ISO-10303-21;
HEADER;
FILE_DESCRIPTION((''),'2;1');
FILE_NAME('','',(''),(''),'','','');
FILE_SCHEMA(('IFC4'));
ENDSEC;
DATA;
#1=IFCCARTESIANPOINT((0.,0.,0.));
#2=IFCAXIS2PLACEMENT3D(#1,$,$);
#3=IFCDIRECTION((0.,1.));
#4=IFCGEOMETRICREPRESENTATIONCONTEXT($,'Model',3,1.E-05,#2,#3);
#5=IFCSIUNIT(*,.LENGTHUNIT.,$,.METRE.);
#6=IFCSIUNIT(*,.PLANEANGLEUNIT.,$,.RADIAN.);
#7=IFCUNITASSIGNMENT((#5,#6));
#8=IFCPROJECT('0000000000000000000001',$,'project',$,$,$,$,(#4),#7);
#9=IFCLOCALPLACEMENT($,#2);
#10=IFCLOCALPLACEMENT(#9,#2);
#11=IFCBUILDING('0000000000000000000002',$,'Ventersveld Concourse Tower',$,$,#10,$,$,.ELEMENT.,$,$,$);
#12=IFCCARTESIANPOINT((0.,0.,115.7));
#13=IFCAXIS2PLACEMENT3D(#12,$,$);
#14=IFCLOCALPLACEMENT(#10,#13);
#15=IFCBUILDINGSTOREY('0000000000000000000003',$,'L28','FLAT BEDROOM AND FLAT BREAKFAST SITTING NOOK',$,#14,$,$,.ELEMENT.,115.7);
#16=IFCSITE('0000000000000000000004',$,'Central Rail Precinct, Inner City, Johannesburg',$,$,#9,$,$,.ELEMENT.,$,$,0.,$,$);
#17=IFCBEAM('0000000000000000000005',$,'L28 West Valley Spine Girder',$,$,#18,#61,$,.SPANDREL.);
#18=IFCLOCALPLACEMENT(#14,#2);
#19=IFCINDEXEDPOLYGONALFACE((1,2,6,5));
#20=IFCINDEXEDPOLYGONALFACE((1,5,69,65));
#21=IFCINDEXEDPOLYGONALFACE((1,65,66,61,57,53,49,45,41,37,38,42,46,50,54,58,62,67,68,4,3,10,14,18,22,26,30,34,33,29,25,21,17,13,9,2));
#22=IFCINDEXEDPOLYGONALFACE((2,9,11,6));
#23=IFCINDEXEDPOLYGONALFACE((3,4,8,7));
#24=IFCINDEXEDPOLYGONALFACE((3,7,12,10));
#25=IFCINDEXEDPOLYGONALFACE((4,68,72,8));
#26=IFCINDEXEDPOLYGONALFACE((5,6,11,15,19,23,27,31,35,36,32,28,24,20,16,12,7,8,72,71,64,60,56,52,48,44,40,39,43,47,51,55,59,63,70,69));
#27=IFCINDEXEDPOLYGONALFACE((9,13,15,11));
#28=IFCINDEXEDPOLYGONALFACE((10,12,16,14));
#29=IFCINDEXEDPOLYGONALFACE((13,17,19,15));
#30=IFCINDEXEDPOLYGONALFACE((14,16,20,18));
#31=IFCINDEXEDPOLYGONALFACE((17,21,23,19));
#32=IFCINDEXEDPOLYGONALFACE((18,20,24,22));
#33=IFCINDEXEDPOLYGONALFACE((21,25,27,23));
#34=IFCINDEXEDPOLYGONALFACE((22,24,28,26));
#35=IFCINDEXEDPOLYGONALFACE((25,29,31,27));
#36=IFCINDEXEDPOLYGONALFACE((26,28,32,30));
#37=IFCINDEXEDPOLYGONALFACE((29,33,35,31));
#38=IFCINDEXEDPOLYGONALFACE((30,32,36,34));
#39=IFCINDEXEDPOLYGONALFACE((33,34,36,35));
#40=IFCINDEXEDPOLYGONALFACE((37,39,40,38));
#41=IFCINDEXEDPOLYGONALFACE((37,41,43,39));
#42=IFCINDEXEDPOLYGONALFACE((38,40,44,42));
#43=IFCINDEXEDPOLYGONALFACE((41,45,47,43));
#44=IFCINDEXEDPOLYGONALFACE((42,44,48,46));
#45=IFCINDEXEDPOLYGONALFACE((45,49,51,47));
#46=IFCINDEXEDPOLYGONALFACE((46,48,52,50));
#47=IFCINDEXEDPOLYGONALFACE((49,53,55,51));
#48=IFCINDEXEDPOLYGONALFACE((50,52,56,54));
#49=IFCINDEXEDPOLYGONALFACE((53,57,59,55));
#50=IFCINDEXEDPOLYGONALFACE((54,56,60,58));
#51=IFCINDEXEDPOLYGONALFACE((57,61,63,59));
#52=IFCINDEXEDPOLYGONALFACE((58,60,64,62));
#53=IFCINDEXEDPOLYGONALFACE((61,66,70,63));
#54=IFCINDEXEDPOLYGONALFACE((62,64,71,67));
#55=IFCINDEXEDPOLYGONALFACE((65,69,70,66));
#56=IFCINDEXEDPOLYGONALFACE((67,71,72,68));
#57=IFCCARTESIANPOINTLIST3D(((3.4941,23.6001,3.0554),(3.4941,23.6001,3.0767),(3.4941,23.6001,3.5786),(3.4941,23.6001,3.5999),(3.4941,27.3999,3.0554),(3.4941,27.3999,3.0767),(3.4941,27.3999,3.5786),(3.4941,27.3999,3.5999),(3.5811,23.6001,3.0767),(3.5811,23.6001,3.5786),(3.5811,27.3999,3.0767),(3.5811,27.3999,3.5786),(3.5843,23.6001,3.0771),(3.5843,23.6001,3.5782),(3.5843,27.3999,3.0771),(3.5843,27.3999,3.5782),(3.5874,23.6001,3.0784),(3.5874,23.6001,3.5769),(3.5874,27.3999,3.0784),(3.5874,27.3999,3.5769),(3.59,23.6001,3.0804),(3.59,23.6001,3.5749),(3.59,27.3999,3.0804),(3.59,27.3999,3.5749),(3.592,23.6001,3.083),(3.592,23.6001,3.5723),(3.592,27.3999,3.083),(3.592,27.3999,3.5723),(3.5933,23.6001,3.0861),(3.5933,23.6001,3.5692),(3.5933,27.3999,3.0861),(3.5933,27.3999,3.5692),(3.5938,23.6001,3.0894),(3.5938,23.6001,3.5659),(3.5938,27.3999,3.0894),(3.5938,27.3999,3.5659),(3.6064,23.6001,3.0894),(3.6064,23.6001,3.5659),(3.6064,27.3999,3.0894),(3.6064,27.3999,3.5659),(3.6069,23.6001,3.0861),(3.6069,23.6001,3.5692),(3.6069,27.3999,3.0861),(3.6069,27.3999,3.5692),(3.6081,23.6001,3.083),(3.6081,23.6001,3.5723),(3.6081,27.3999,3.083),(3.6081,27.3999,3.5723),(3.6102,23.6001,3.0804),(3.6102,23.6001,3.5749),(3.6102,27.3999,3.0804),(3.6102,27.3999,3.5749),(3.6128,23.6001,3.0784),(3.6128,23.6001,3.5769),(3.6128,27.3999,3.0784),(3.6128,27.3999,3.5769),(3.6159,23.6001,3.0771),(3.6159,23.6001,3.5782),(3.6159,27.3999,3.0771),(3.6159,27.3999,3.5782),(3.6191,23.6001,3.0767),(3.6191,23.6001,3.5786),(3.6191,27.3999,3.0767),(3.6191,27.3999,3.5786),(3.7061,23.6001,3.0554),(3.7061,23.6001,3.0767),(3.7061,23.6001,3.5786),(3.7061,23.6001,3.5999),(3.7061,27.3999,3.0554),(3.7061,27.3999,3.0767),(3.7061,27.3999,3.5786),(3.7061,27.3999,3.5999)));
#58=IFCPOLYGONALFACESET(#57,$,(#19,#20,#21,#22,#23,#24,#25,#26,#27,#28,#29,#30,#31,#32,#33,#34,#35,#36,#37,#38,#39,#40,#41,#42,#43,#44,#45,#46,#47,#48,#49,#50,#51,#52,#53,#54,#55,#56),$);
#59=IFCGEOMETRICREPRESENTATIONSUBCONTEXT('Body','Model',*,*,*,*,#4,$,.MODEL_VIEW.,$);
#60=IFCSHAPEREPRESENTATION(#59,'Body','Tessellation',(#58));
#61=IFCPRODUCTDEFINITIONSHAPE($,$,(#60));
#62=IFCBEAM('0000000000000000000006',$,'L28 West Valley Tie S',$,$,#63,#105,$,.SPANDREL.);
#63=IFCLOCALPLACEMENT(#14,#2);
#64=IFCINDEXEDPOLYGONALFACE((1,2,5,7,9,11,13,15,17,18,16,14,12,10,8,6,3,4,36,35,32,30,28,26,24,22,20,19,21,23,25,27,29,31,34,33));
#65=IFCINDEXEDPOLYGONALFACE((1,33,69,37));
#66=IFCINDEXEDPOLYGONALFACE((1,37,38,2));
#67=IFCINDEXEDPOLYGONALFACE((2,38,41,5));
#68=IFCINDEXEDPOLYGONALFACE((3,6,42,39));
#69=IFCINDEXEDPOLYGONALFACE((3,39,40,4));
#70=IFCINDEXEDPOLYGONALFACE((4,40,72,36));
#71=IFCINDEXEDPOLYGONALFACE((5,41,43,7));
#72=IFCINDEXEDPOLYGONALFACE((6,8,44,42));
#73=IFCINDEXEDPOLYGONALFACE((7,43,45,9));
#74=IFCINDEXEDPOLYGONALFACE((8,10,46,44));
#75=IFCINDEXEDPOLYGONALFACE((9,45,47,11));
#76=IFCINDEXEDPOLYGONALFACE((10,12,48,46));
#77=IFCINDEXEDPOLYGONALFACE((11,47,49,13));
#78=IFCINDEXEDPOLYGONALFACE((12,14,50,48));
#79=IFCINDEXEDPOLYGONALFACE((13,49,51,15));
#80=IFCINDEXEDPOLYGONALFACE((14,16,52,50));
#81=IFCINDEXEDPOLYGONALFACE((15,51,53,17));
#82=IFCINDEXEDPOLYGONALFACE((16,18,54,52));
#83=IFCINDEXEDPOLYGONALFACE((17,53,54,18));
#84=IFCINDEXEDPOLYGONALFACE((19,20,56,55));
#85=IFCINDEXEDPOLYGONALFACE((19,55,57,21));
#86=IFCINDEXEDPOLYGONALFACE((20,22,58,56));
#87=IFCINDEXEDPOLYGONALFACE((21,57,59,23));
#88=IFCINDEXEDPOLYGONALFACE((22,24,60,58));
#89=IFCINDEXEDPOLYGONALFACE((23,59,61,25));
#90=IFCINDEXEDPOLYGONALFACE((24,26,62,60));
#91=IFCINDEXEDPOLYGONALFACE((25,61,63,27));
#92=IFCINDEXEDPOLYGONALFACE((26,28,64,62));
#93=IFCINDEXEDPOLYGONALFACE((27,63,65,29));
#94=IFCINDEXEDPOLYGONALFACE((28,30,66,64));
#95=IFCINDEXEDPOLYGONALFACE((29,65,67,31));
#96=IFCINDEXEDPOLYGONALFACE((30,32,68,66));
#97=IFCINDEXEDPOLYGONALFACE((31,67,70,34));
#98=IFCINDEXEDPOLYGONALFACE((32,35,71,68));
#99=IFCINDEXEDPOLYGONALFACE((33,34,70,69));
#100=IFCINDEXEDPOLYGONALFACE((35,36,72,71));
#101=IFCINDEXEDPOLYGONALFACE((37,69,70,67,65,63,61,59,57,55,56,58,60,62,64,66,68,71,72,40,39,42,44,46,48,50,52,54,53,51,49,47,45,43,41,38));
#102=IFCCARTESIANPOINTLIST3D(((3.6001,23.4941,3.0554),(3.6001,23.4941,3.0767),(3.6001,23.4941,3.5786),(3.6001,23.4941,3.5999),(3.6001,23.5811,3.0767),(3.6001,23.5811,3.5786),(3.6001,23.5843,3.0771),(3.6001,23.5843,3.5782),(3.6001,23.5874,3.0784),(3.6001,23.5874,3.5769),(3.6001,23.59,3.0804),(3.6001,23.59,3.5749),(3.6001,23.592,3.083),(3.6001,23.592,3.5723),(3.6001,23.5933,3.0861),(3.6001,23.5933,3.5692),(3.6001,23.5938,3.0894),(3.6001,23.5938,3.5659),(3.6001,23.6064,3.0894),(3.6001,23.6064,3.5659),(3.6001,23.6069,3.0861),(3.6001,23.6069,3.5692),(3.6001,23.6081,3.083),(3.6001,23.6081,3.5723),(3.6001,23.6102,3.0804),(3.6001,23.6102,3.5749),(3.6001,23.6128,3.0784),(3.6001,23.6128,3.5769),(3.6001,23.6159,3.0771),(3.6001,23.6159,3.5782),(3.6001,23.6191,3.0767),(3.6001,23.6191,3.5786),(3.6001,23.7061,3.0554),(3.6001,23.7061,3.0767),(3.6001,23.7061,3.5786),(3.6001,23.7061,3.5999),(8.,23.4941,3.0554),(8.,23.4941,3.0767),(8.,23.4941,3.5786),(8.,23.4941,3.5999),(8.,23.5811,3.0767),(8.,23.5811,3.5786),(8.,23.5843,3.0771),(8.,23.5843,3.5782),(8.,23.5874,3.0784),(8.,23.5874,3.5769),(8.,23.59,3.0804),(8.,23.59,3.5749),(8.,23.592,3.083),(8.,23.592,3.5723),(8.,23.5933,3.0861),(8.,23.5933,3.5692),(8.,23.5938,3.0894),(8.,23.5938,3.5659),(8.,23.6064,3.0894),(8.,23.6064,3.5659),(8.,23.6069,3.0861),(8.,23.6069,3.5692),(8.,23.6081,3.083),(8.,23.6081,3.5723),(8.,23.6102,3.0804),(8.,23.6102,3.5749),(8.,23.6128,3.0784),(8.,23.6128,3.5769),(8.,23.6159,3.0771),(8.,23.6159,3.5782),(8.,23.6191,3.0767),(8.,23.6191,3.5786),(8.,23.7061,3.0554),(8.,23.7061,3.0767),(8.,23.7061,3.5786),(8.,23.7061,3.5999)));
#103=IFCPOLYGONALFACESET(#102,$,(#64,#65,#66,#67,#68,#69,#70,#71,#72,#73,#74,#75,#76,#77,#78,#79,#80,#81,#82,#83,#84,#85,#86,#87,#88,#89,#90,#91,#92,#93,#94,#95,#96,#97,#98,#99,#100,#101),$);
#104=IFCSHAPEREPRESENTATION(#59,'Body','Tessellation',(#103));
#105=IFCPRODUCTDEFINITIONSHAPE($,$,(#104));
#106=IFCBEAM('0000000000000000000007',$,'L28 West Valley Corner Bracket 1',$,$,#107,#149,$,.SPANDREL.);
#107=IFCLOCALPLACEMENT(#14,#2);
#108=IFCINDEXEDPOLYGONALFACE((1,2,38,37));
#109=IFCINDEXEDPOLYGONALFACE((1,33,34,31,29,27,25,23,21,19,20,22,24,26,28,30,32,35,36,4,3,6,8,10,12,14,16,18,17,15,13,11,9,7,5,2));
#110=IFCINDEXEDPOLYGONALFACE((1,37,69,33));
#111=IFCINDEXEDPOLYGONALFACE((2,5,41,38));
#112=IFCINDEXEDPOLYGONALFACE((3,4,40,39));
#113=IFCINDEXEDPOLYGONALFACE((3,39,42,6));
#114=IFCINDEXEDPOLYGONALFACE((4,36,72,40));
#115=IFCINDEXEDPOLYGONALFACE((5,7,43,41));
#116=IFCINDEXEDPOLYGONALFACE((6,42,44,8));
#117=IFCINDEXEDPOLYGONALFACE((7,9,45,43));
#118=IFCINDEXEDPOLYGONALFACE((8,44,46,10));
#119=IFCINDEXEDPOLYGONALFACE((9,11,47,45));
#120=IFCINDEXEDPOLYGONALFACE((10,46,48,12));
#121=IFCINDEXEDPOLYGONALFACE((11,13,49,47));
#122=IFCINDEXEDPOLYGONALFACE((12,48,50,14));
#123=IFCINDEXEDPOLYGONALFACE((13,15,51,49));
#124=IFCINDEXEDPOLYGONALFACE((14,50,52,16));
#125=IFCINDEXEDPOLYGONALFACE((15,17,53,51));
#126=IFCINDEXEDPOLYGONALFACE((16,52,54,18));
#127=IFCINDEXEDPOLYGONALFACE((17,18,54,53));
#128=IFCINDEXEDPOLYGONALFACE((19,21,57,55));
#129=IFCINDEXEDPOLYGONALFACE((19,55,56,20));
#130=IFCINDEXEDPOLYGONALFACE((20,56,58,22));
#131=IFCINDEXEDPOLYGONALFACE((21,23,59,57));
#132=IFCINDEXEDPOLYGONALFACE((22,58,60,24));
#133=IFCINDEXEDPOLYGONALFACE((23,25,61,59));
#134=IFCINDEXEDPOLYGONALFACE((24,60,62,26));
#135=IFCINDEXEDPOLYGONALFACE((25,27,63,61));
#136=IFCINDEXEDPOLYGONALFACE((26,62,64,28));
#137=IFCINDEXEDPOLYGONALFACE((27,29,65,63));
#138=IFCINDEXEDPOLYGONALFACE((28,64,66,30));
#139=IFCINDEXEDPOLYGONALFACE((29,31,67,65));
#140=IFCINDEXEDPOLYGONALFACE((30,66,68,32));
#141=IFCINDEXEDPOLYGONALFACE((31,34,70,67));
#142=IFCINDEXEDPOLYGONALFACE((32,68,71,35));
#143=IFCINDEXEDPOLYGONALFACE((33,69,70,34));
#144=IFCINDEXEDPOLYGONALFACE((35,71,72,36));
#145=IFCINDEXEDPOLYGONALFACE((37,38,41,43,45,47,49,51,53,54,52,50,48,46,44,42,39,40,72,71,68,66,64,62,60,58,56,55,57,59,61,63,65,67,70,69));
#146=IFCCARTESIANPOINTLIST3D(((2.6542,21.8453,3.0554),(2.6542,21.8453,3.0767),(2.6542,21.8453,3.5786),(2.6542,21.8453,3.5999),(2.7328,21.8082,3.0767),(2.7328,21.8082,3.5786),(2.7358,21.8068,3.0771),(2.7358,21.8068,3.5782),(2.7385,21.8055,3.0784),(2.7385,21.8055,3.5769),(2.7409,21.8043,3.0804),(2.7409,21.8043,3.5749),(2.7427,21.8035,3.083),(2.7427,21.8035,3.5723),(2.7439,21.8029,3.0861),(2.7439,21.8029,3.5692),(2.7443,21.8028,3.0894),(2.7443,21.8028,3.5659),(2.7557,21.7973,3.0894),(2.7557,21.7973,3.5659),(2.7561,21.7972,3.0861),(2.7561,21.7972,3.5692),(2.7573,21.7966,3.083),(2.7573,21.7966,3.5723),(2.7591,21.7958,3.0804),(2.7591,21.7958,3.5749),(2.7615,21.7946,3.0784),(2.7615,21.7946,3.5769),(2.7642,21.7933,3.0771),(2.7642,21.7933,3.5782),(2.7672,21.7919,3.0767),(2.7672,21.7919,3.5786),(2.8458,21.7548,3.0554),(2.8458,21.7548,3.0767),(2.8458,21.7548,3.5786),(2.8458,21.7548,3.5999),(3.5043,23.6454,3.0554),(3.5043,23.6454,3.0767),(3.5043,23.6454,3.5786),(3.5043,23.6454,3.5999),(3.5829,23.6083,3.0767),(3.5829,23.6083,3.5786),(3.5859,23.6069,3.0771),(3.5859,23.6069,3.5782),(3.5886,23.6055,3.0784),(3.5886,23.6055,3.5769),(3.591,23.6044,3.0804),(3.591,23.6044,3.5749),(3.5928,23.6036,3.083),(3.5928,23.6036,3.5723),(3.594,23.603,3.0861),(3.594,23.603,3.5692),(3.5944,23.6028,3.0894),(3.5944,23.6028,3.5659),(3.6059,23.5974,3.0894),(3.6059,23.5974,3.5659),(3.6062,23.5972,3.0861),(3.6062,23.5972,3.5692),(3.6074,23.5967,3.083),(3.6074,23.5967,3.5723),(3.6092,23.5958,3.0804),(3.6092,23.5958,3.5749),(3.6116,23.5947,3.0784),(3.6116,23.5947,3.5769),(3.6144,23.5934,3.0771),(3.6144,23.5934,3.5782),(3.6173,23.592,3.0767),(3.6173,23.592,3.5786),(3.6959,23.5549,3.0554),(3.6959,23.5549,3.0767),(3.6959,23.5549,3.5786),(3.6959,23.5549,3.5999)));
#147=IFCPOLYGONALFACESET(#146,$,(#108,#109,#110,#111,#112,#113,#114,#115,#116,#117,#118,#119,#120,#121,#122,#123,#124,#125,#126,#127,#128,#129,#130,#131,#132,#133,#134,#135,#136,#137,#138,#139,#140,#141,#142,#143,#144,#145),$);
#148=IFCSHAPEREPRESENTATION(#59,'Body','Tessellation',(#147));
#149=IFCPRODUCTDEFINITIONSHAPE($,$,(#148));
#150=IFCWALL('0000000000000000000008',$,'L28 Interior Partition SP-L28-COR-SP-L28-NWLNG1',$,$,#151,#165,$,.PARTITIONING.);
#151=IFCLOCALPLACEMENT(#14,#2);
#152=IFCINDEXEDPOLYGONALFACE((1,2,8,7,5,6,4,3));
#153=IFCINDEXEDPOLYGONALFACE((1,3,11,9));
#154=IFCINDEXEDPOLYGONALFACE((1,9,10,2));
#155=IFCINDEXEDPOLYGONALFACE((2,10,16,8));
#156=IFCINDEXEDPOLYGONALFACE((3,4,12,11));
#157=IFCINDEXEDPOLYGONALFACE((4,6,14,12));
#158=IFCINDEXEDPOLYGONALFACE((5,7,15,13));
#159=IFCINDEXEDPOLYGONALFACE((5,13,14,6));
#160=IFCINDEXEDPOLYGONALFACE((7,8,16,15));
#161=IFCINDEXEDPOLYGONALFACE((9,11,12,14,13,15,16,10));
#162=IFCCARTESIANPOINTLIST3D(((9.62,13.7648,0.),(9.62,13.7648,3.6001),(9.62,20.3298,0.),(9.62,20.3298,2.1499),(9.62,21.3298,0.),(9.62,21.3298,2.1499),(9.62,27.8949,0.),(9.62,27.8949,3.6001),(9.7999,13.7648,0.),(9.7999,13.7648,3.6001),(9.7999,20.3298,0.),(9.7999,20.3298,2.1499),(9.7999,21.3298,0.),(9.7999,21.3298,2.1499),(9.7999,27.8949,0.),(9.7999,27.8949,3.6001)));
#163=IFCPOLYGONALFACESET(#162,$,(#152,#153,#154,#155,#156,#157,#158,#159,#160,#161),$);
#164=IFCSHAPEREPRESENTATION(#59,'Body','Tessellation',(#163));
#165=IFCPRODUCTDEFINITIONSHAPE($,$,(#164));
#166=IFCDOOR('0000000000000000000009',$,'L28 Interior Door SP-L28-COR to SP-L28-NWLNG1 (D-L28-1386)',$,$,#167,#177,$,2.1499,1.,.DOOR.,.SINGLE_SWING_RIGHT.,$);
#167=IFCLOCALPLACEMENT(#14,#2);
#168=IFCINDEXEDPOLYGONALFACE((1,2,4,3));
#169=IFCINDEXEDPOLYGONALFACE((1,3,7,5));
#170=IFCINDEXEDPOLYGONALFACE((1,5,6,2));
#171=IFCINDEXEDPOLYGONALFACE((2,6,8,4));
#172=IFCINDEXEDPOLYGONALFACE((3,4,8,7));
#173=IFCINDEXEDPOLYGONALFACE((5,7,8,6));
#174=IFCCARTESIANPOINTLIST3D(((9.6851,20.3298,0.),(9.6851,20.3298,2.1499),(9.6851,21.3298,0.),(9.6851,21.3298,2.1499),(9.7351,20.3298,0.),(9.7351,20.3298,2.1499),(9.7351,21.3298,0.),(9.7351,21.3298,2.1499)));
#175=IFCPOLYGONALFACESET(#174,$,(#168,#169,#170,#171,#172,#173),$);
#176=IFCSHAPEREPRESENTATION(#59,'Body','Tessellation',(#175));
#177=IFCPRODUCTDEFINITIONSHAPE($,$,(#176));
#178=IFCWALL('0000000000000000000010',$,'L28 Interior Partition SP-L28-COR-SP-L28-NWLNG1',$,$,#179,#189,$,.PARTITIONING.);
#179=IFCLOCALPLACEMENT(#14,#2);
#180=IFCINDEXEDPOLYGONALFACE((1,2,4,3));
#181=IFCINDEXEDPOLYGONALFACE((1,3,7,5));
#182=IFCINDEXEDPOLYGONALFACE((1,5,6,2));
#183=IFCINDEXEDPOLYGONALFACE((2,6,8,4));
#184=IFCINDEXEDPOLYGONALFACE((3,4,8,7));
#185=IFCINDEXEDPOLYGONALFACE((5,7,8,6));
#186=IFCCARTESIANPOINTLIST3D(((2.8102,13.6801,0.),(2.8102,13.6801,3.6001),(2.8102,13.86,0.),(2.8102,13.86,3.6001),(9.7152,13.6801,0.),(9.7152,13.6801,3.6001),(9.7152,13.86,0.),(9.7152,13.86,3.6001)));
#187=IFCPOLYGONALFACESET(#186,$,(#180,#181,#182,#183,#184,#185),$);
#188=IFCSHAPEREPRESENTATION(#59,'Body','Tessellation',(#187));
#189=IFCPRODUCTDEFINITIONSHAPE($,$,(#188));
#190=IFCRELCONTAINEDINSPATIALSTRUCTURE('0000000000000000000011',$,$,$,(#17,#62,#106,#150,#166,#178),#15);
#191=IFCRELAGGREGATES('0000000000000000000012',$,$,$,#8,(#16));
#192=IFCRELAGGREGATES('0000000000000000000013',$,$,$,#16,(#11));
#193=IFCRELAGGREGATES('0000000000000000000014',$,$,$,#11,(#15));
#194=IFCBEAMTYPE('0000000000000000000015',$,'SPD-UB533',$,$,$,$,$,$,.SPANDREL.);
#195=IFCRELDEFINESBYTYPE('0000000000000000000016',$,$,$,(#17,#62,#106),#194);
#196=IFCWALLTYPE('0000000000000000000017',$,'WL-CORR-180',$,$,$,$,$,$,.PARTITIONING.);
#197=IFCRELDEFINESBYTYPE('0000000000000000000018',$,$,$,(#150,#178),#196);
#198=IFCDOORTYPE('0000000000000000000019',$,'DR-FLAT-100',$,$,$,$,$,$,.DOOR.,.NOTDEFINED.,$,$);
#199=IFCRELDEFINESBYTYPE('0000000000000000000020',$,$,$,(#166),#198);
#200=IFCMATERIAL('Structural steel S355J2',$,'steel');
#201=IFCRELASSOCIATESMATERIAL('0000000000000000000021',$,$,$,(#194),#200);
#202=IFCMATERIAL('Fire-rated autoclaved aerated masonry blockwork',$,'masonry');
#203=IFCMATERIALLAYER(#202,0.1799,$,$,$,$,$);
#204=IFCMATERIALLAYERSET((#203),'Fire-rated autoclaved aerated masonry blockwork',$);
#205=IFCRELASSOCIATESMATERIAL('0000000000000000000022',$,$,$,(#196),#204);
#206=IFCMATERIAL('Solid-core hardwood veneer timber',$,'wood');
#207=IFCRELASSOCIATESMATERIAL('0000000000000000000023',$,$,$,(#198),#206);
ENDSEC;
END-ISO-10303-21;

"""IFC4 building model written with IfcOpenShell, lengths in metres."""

from ifc_helpers import new_model, si_unit, direction, frame, frame_2d, origin, origin_2d, place, context, subcontext, project, spatial, rectangle, i_section, extrude, material, layer, layer_set, material_profile, profile_set, type_object, element, fill, save


model = new_model("IFC4")

# Units and contexts
model_context = context("Model", 3, precision=1e-05, world=origin(), true_north=direction((0.0, 1.0)))
body_context = subcontext(model_context, "Body", "Model", "MODEL_VIEW")
ifc_project = project(units=[si_unit("LENGTHUNIT", "METRE"), si_unit("PLANEANGLEUNIT", "RADIAN")], contexts=[model_context])

# Site, building, storey
site_placement = place(None, origin())
site = spatial("IfcSite", under=ifc_project, at=site_placement, Name="Central Rail Precinct, Inner City, Johannesburg", CompositionType="ELEMENT", RefElevation=0.0)
building_placement = place(site_placement, origin())
building = spatial("IfcBuilding", under=site, at=building_placement, Name="Ventersveld Concourse Tower", CompositionType="ELEMENT")
storey_placement = place(building_placement, frame((0.0, 0.0, 115.7)))
storey = spatial("IfcBuildingStorey", under=building, at=storey_placement, Name="L28", Description="FLAT BEDROOM AND FLAT BREAKFAST SITTING NOOK", CompositionType="ELEMENT", Elevation=115.7)

# Beams
ifc_material_1 = material(Name="Structural steel S355J2", Category="steel")
ifc_material_profile_1 = material_profile(ifc_material_1, i_section(OverallWidth=0.2119, OverallDepth=0.5444, WebThickness=0.0127, FlangeThickness=0.0212, FilletRadius=0.0127, at=origin_2d()), Name="UB 533x210x122")
ifc_profile_set_1 = profile_set([ifc_material_profile_1], Name="Structural steel S355J2")
beam_type_1 = type_object("IfcBeamType", Name="SPD-UB533", PredefinedType="SPANDREL", material=ifc_profile_set_1)
beam_1_placement = place(storey_placement, frame((3.6001, 23.6001, 3.3276), z_axis=(0.0, 1.0, 0.0), x_axis=(-1.0, 0.0, 0.0)))
element("IfcBeam", 1, at=beam_1_placement, inside=storey, type_object=beam_type_1, Name="L28 West Valley Spine Girder", PredefinedType="SPANDREL", context=body_context, shape_type="SweptSolid", body=[
    extrude(i_section(OverallWidth=0.2119, OverallDepth=0.5444, WebThickness=0.0127, FlangeThickness=0.0212, FilletRadius=0.0127, at=origin_2d()), origin(), (0.0, 0.0, 1.0), 3.7998),
])
beam_2_placement = place(storey_placement, frame((3.6001, 23.6001, 3.3276), z_axis=(1.0, 0.0, 0.0), x_axis=(0.0, 1.0, 0.0)))
element("IfcBeam", 2, at=beam_2_placement, inside=storey, type_object=beam_type_1, Name="L28 West Valley Tie S", PredefinedType="SPANDREL", context=body_context, shape_type="SweptSolid", body=[
    extrude(i_section(OverallWidth=0.2119, OverallDepth=0.5444, WebThickness=0.0127, FlangeThickness=0.0212, FilletRadius=0.0127, at=origin_2d()), origin(), (0.0, 0.0, 1.0), 4.3999),
])
beam_3_placement = place(storey_placement, frame((2.75, 21.8, 3.3276), z_axis=(0.427037, 0.904234, 0.0), x_axis=(-0.904234, 0.427037, 0.0)))
element("IfcBeam", 3, at=beam_3_placement, inside=storey, type_object=beam_type_1, Name="L28 West Valley Corner Bracket 1", PredefinedType="SPANDREL", context=body_context, shape_type="SweptSolid", body=[
    extrude(i_section(OverallWidth=0.2119, OverallDepth=0.5444, WebThickness=0.0127, FlangeThickness=0.0212, FilletRadius=0.0127, at=origin_2d()), origin(), (0.0, 0.0, 1.0), 1.9907),
])

# Wall, opening, door
ifc_material_2 = material(Name="Fire-rated autoclaved aerated masonry blockwork", Category="masonry")
ifc_layer_1 = layer(ifc_material_2, 0.1799)
ifc_layer_set_1 = layer_set([ifc_layer_1], Name="Fire-rated autoclaved aerated masonry blockwork")
wall_type_1 = type_object("IfcWallType", Name="WL-CORR-180", PredefinedType="PARTITIONING", material=ifc_layer_set_1)
wall_1_placement = place(storey_placement, frame((9.71, 13.7649, 0.0), z_axis=(0.0, 0.0, 1.0), x_axis=(0.0, 1.0, 0.0)))
wall_1 = element("IfcWall", 4, at=wall_1_placement, inside=storey, type_object=wall_type_1, Name="L28 Interior Partition SP-L28-COR-SP-L28-NWLNG1", PredefinedType="PARTITIONING", context=body_context, shape_type="SweptSolid", body=[
    extrude(rectangle(XDim=14.1301, YDim=0.1799, at=frame_2d((7.0649, 0.0))), origin(), (0.0, 0.0, 1.0), 3.6001),
])
opening_placement = place(wall_1_placement, frame((6.5649, 0.0, 0.0)))
opening = element("IfcOpeningElement", 5, at=opening_placement, cuts=wall_1, PredefinedType="OPENING", context=body_context, shape_type="SweptSolid", body=[
    extrude(rectangle(XDim=1.0, YDim=2.1499, at=frame_2d((0.5, 1.075))), frame((0.0, 0.1001, 0.0), z_axis=(0.0, -1.0, 0.0), x_axis=(1.0, 0.0, 0.0)), (0.0, 0.0, 1.0), 0.2),
])
ifc_material_3 = material(Name="Solid-core hardwood veneer timber", Category="wood")
door_type = type_object("IfcDoorType", Name="DR-FLAT-100", OperationType="NOTDEFINED", PredefinedType="DOOR", material=ifc_material_3)
door_placement = place(opening_placement, origin())
door = element("IfcDoor", 6, at=door_placement, inside=storey, type_object=door_type, Name="L28 Interior Door SP-L28-COR to SP-L28-NWLNG1 (D-L28-1386)", OperationType="SINGLE_SWING_RIGHT", OverallHeight=2.1499, OverallWidth=1.0, PredefinedType="DOOR", context=body_context, shape_type="SweptSolid", body=[
    extrude(rectangle(XDim=1.0, YDim=2.1499, at=frame_2d((0.5, 1.075))), frame((0.0, 0.0249, 0.0), z_axis=(0.0, -1.0, 0.0), x_axis=(1.0, 0.0, 0.0)), (0.0, 0.0, 1.0), 0.05),
])
fill(opening, door)

# Wall
wall_2_placement = place(storey_placement, frame((2.8101, 13.77, 0.0), z_axis=(0.0, 0.0, 1.0), x_axis=(1.0, 0.0, 0.0)))
element("IfcWall", 7, at=wall_2_placement, inside=storey, type_object=wall_type_1, Name="L28 Interior Partition SP-L28-COR-SP-L28-NWLNG1", PredefinedType="PARTITIONING", context=body_context, shape_type="SweptSolid", body=[
    extrude(rectangle(XDim=6.905, YDim=0.1799, at=frame_2d((3.4526, 0.0))), origin(), (0.0, 0.0, 1.0), 3.6001),
])

save(model, "model.ifc")
